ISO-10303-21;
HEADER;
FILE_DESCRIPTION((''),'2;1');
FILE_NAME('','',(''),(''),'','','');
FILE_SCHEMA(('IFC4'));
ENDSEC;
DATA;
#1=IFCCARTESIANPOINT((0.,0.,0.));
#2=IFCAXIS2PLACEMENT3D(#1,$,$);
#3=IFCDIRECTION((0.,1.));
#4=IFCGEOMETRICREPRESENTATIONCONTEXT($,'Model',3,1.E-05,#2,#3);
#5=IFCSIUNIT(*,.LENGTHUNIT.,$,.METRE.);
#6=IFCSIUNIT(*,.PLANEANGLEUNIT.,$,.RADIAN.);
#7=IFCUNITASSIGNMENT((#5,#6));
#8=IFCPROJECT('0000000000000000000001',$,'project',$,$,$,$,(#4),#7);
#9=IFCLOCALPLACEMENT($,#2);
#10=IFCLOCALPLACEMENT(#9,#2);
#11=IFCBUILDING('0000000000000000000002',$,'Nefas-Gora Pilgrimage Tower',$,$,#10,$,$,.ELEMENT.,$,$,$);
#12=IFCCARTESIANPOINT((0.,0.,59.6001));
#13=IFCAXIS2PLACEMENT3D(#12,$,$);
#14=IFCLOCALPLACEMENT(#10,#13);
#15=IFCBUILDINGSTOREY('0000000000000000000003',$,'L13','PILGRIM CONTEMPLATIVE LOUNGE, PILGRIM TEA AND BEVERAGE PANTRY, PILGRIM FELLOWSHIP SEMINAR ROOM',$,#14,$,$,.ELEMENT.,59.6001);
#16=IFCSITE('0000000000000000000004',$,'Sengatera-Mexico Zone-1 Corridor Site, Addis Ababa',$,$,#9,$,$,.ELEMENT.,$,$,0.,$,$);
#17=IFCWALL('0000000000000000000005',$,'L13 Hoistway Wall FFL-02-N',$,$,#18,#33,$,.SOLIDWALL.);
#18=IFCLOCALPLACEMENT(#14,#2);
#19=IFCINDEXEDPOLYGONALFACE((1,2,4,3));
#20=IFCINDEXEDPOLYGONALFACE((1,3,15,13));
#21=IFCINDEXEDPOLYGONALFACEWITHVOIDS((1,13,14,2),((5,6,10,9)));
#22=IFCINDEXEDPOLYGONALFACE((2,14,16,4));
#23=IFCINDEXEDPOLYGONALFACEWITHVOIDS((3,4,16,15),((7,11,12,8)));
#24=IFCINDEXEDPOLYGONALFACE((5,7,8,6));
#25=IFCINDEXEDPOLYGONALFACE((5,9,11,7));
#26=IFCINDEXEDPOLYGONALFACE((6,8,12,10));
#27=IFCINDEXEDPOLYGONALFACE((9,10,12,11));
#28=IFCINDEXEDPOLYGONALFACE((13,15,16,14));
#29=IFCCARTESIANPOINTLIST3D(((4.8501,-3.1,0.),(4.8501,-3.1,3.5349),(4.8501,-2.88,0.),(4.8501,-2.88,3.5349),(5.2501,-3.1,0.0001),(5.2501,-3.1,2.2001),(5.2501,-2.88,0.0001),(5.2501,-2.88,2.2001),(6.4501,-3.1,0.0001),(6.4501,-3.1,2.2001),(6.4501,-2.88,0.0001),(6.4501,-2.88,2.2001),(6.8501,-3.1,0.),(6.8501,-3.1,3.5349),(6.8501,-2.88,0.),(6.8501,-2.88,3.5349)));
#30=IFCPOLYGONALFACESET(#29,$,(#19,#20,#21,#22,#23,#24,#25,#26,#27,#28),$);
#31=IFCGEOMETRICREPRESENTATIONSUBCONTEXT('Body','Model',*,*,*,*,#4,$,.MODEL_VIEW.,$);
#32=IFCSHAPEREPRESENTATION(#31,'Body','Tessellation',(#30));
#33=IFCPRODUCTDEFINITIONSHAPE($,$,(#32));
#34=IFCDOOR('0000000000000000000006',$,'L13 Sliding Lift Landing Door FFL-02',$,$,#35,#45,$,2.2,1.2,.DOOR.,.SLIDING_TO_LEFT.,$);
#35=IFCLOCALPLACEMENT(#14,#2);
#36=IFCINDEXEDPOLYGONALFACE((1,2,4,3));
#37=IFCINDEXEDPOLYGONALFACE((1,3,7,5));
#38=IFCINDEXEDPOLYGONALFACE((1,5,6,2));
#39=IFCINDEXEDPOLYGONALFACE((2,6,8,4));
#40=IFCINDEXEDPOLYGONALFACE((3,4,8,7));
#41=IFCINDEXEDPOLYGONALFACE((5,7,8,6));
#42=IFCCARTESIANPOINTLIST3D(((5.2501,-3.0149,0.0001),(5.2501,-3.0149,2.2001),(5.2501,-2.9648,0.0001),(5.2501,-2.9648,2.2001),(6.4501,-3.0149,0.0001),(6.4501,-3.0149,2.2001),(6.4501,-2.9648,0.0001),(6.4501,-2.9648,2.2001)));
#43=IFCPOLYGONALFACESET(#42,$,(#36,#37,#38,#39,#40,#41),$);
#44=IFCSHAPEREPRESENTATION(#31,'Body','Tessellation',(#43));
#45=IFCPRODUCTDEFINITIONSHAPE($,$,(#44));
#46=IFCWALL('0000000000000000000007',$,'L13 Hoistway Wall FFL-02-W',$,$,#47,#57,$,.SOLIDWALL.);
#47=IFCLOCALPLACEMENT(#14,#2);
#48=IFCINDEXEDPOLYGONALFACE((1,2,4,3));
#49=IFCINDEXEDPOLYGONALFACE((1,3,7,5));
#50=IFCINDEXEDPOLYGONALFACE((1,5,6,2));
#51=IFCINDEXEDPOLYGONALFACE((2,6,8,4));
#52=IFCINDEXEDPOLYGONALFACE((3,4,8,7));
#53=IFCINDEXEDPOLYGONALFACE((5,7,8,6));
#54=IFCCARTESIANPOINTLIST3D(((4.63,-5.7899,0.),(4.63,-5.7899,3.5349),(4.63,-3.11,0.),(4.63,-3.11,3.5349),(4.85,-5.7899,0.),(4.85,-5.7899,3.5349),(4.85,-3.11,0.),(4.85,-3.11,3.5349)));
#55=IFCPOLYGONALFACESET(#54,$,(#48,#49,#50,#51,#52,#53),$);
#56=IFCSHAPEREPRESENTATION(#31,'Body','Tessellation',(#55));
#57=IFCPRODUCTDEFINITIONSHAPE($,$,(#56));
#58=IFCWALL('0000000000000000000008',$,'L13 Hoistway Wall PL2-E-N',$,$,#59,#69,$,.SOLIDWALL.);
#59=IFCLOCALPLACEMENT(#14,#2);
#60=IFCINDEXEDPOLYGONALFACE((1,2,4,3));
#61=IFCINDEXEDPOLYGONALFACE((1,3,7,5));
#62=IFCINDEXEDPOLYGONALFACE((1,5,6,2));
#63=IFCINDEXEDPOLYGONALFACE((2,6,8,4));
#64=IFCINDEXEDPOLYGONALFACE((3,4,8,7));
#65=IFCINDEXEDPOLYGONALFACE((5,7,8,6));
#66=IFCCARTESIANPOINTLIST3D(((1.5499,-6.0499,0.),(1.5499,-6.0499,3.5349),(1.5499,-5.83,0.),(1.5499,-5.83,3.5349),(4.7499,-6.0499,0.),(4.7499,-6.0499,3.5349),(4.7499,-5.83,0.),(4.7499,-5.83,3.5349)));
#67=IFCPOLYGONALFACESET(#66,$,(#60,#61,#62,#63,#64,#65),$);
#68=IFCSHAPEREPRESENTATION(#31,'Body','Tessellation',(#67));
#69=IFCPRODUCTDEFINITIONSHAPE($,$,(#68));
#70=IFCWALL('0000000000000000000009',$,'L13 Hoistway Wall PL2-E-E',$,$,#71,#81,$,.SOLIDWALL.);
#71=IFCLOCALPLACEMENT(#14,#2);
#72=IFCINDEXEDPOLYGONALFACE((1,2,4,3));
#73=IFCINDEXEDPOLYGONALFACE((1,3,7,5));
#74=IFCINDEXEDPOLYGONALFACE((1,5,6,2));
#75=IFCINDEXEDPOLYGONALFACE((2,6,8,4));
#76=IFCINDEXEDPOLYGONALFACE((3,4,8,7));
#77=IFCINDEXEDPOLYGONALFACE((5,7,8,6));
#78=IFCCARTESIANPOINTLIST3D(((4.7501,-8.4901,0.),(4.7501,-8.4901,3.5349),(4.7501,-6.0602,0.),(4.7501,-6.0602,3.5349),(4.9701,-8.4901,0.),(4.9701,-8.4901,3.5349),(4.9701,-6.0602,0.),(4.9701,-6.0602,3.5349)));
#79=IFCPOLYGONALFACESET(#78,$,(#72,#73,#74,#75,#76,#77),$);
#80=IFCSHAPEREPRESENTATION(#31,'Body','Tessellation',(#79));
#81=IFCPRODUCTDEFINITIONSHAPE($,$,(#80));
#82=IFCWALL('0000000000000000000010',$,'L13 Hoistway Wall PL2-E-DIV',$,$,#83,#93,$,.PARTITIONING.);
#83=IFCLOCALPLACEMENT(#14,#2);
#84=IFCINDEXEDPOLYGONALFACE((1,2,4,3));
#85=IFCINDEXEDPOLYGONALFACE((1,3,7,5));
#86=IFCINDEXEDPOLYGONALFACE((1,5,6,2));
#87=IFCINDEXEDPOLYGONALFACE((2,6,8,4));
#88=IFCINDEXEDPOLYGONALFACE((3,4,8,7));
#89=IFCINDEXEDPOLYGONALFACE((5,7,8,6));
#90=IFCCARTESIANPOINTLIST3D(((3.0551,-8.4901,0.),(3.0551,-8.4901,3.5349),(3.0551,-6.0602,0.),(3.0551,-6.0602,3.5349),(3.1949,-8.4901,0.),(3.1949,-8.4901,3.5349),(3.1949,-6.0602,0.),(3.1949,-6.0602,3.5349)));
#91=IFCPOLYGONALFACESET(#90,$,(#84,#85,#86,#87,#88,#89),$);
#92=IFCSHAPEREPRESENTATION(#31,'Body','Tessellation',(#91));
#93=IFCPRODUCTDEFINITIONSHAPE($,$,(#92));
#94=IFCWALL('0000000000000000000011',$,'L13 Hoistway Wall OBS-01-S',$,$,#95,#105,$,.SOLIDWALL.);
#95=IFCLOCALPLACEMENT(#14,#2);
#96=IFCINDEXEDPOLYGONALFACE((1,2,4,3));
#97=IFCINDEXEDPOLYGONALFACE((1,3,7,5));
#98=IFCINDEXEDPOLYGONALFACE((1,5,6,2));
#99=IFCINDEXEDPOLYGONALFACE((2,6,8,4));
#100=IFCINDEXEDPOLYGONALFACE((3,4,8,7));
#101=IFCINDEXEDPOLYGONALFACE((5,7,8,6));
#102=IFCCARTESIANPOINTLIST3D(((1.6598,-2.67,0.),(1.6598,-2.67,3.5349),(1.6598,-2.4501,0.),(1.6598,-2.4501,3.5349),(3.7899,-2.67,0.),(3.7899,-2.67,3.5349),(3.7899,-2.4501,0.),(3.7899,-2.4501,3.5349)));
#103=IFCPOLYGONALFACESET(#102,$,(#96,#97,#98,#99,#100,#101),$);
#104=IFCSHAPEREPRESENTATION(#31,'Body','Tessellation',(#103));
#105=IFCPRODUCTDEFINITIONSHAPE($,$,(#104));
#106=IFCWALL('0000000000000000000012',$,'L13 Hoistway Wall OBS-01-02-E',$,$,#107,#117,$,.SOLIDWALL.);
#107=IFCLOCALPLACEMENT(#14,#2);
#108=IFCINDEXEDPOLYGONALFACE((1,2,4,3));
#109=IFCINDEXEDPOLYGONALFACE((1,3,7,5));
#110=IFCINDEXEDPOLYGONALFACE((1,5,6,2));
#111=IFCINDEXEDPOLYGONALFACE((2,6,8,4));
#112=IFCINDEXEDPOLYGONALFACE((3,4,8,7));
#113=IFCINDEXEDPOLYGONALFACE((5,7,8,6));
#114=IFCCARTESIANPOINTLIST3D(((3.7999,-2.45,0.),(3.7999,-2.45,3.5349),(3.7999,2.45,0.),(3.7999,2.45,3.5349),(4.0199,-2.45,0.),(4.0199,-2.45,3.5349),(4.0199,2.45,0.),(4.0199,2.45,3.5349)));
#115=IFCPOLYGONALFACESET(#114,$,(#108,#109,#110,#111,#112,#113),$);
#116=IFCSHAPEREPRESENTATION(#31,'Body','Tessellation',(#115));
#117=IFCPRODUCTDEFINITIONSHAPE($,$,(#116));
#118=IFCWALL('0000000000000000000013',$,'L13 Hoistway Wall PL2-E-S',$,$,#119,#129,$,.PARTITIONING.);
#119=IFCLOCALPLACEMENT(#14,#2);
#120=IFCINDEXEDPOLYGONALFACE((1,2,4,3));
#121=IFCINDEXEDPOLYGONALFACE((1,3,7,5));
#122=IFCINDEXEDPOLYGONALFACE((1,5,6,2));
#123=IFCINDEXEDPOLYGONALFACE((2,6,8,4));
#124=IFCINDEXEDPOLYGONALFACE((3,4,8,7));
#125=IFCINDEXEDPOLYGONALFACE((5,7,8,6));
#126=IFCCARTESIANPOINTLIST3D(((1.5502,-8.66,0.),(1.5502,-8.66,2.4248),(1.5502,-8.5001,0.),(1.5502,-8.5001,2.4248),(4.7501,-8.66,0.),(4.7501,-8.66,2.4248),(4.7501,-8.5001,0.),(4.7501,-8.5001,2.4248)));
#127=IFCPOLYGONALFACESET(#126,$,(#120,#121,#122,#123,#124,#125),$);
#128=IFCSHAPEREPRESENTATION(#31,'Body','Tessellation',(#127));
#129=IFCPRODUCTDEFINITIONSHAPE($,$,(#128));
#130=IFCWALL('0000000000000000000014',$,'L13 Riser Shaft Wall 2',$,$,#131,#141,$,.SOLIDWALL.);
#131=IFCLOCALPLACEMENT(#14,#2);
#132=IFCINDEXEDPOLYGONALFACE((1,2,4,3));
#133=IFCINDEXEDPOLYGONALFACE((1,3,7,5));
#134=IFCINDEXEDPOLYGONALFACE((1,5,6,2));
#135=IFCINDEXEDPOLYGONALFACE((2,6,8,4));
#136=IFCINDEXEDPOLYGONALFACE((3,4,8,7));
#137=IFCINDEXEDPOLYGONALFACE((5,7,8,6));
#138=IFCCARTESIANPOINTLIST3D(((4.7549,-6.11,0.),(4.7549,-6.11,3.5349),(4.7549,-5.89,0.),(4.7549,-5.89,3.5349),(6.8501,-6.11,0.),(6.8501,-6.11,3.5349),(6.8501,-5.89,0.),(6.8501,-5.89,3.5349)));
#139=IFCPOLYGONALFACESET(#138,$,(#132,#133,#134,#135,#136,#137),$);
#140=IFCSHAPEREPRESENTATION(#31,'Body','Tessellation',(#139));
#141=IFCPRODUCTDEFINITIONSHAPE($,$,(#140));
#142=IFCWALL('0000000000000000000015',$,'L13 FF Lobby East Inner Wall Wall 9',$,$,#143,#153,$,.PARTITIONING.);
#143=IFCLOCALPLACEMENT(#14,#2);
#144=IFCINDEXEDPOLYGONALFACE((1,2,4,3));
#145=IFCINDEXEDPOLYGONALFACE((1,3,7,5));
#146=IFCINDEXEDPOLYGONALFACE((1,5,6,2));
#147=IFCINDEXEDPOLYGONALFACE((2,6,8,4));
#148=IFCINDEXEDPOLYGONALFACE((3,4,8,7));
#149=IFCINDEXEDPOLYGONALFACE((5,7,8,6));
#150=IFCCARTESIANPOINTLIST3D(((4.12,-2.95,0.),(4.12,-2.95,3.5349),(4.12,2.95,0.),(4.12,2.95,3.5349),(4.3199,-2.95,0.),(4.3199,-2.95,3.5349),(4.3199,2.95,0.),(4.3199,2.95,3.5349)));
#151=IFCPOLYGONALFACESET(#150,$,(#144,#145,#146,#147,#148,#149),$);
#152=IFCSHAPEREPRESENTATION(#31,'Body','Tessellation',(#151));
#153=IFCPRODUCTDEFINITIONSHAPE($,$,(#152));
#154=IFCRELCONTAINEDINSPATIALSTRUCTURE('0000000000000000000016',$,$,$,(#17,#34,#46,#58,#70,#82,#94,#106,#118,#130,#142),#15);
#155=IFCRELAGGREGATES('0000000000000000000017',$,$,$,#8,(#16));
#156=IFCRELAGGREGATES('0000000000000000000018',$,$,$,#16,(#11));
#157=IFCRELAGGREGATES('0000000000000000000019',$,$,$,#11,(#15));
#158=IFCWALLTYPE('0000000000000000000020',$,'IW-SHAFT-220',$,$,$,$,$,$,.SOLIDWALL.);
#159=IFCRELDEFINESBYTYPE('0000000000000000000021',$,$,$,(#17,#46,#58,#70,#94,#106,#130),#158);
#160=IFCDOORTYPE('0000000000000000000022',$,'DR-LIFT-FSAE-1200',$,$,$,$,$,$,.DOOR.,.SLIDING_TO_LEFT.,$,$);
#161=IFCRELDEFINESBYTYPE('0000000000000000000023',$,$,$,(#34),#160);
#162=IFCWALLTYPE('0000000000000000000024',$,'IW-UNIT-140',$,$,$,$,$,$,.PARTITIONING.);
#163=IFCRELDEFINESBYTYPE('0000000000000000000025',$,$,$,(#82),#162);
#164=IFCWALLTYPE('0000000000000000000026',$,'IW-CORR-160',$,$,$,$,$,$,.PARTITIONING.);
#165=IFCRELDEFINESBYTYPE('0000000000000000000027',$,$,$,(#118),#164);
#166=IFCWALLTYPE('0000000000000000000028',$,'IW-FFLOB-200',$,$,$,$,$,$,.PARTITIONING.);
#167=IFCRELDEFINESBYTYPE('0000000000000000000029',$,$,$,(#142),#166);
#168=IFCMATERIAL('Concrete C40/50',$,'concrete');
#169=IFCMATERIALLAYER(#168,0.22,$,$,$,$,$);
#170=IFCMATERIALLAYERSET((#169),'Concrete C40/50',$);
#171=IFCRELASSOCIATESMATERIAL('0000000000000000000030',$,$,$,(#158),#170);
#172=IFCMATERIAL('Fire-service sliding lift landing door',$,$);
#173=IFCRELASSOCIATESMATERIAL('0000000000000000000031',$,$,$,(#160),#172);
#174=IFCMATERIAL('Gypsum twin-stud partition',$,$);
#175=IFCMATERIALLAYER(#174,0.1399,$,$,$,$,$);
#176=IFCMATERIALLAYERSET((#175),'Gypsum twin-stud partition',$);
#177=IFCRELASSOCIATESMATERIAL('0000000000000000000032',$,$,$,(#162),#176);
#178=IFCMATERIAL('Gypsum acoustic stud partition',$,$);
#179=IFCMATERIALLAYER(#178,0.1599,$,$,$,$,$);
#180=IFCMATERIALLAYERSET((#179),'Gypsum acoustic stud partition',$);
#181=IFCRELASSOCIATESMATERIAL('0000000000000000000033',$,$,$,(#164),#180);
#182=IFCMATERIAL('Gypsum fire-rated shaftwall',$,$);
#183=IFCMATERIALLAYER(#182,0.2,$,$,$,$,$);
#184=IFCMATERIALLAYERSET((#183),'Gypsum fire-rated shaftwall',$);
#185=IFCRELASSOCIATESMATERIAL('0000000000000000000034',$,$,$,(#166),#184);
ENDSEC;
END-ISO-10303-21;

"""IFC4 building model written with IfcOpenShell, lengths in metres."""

from ifc_helpers import new_model, si_unit, direction, frame, frame_2d, origin, place, context, subcontext, project, spatial, rectangle, extrude, source, transform, mapped, material, layer, layer_set, type_object, element, fill, save


model = new_model("IFC4")

# Units and contexts
model_context = context("Model", 3, precision=1e-05, world=origin(), true_north=direction((0.0, 1.0)))
body_context = subcontext(model_context, "Body", "Model", "MODEL_VIEW")
ifc_project = project(units=[si_unit("LENGTHUNIT", "METRE"), si_unit("PLANEANGLEUNIT", "RADIAN")], contexts=[model_context])

# Site, building, storey
site_placement = place(None, origin())
site = spatial("IfcSite", under=ifc_project, at=site_placement, Name="Sengatera-Mexico Zone-1 Corridor Site, Addis Ababa", CompositionType="ELEMENT", RefElevation=0.0)
building_placement = place(site_placement, origin())
building = spatial("IfcBuilding", under=site, at=building_placement, Name="Nefas-Gora Pilgrimage Tower", CompositionType="ELEMENT")
storey_placement = place(building_placement, frame((0.0, 0.0, 59.6001)))
storey = spatial("IfcBuildingStorey", under=building, at=storey_placement, Name="L13", Description="PILGRIM CONTEMPLATIVE LOUNGE, PILGRIM TEA AND BEVERAGE PANTRY, PILGRIM FELLOWSHIP SEMINAR ROOM", CompositionType="ELEMENT", Elevation=59.6001)

# Wall, opening, door
ifc_material_1 = material(Name="Concrete C40/50", Category="concrete")
ifc_layer_1 = layer(ifc_material_1, 0.22)
ifc_layer_set_1 = layer_set([ifc_layer_1], Name="Concrete C40/50")
wall_type_1 = type_object("IfcWallType", Name="IW-SHAFT-220", PredefinedType="SOLIDWALL", material=ifc_layer_set_1)
shared_shape_1 = source(origin(), body_context, "Body", "SweptSolid", [
    extrude(rectangle(XDim=2.0, YDim=0.22, at=frame_2d((1.0, 0.0))), origin(), (0.0, 0.0, 1.0), 3.5349),
])
wall_1_placement = place(storey_placement, frame((6.8501, -2.99, 0.0), z_axis=(0.0, 0.0, 1.0), x_axis=(-1.0, 0.0, 0.0)))
wall_1 = element("IfcWall", 1, at=wall_1_placement, inside=storey, type_object=wall_type_1, Name="L13 Hoistway Wall FFL-02-N", PredefinedType="SOLIDWALL", context=body_context, shape_type="MappedRepresentation", body=[
    mapped(shared_shape_1, transform((0.0, 0.0, 0.0), x_axis=(1.0, 0.0, 0.0), y_axis=(0.0, 1.0, 0.0), z_axis=(0.0, 0.0, 1.0), scale=1.0)),
])
opening_1_placement = place(wall_1_placement, frame((0.3999, 0.0, 0.0)))
opening_1 = element("IfcOpeningElement", 2, at=opening_1_placement, cuts=wall_1, PredefinedType="OPENING", context=body_context, shape_type="SweptSolid", body=[
    extrude(rectangle(XDim=1.2, YDim=2.2, at=frame_2d((0.6001, 1.1001))), frame((0.0, 0.1199, 0.0), z_axis=(0.0, -1.0, 0.0), x_axis=(1.0, 0.0, 0.0)), (0.0, 0.0, 1.0), 0.24),
])
ifc_material_2 = material(Name="Fire-service sliding lift landing door")
door_type_1 = type_object("IfcDoorType", Name="DR-LIFT-FSAE-1200", OperationType="SLIDING_TO_LEFT", PredefinedType="DOOR", material=ifc_material_2)
shared_shape_2 = source(origin(), body_context, "Body", "SweptSolid", [
    extrude(rectangle(XDim=1.2, YDim=2.2, at=frame_2d((0.6001, 1.1001))), frame((0.0, 0.0249, 0.0), z_axis=(0.0, -1.0, 0.0), x_axis=(1.0, 0.0, 0.0)), (0.0, 0.0, 1.0), 0.05),
])
door_1_placement = place(opening_1_placement, origin())
door_1 = element("IfcDoor", 3, at=door_1_placement, inside=storey, type_object=door_type_1, Name="L13 Sliding Lift Landing Door FFL-02", OperationType="SLIDING_TO_LEFT", OverallHeight=2.2, OverallWidth=1.2, PredefinedType="DOOR", context=body_context, shape_type="MappedRepresentation", body=[
    mapped(shared_shape_2, transform((0.0, 0.0, 0.0), x_axis=(1.0, 0.0, 0.0), y_axis=(0.0, 1.0, 0.0), z_axis=(0.0, 0.0, 1.0), scale=1.0)),
])
fill(opening_1, door_1)

# Walls
shared_shape_3 = source(origin(), body_context, "Body", "SweptSolid", [
    extrude(rectangle(XDim=2.6799, YDim=0.22, at=frame_2d((1.3398, 0.0))), origin(), (0.0, 0.0, 1.0), 3.5349),
])
wall_2_placement = place(storey_placement, frame((4.74, -3.1101, 0.0), z_axis=(0.0, 0.0, 1.0), x_axis=(0.0, -1.0, 0.0)))
element("IfcWall", 4, at=wall_2_placement, inside=storey, type_object=wall_type_1, Name="L13 Hoistway Wall FFL-02-W", PredefinedType="SOLIDWALL", context=body_context, shape_type="MappedRepresentation", body=[
    mapped(shared_shape_3, transform((0.0, 0.0, 0.0), x_axis=(1.0, 0.0, 0.0), y_axis=(0.0, 1.0, 0.0), z_axis=(0.0, 0.0, 1.0), scale=1.0)),
])
shared_shape_4 = source(origin(), body_context, "Body", "SweptSolid", [
    extrude(rectangle(XDim=3.2, YDim=0.22, at=frame_2d((1.6001, 0.0))), origin(), (0.0, 0.0, 1.0), 3.5349),
])
wall_3_placement = place(storey_placement, frame((4.75, -5.9399, 0.0), z_axis=(0.0, 0.0, 1.0), x_axis=(-1.0, 0.0, 0.0)))
element("IfcWall", 5, at=wall_3_placement, inside=storey, type_object=wall_type_1, Name="L13 Hoistway Wall PL2-E-N", PredefinedType="SOLIDWALL", context=body_context, shape_type="MappedRepresentation", body=[
    mapped(shared_shape_4, transform((0.0, 0.0, 0.0), x_axis=(1.0, 0.0, 0.0), y_axis=(0.0, 1.0, 0.0), z_axis=(0.0, 0.0, 1.0), scale=1.0)),
])
shared_shape_5 = source(origin(), body_context, "Body", "SweptSolid", [
    extrude(rectangle(XDim=2.4299, YDim=0.22, at=frame_2d((1.2148, 0.0))), origin(), (0.0, 0.0, 1.0), 3.5349),
])
wall_4_placement = place(storey_placement, frame((4.8601, -8.49, 0.0), z_axis=(0.0, 0.0, 1.0), x_axis=(0.0, 1.0, 0.0)))
element("IfcWall", 6, at=wall_4_placement, inside=storey, type_object=wall_type_1, Name="L13 Hoistway Wall PL2-E-E", PredefinedType="SOLIDWALL", context=body_context, shape_type="MappedRepresentation", body=[
    mapped(shared_shape_5, transform((0.0, 0.0, 0.0), x_axis=(1.0, 0.0, 0.0), y_axis=(0.0, 1.0, 0.0), z_axis=(0.0, 0.0, 1.0), scale=1.0)),
])
ifc_material_3 = material(Name="Gypsum twin-stud partition")
ifc_layer_2 = layer(ifc_material_3, 0.1399)
ifc_layer_set_2 = layer_set([ifc_layer_2], Name="Gypsum twin-stud partition")
wall_type_2 = type_object("IfcWallType", Name="IW-UNIT-140", PredefinedType="PARTITIONING", material=ifc_layer_set_2)
shared_shape_6 = source(origin(), body_context, "Body", "SweptSolid", [
    extrude(rectangle(XDim=2.4299, YDim=0.1399, at=frame_2d((1.2148, 0.0))), origin(), (0.0, 0.0, 1.0), 3.5349),
])
wall_5_placement = place(storey_placement, frame((3.125, -8.49, 0.0), z_axis=(0.0, 0.0, 1.0), x_axis=(0.0, 1.0, 0.0)))
element("IfcWall", 7, at=wall_5_placement, inside=storey, type_object=wall_type_2, Name="L13 Hoistway Wall PL2-E-DIV", PredefinedType="PARTITIONING", context=body_context, shape_type="MappedRepresentation", body=[
    mapped(shared_shape_6, transform((0.0, 0.0, 0.0), x_axis=(1.0, 0.0, 0.0), y_axis=(0.0, 1.0, 0.0), z_axis=(0.0, 0.0, 1.0), scale=1.0)),
])
shared_shape_7 = source(origin(), body_context, "Body", "SweptSolid", [
    extrude(rectangle(XDim=2.1301, YDim=0.22, at=frame_2d((1.0649, 0.0))), origin(), (0.0, 0.0, 1.0), 3.5349),
])
wall_6_placement = place(storey_placement, frame((1.6599, -2.5601, 0.0), z_axis=(0.0, 0.0, 1.0), x_axis=(1.0, 0.0, 0.0)))
element("IfcWall", 8, at=wall_6_placement, inside=storey, type_object=wall_type_1, Name="L13 Hoistway Wall OBS-01-S", PredefinedType="SOLIDWALL", context=body_context, shape_type="MappedRepresentation", body=[
    mapped(shared_shape_7, transform((0.0, 0.0, 0.0), x_axis=(1.0, 0.0, 0.0), y_axis=(0.0, 1.0, 0.0), z_axis=(0.0, 0.0, 1.0), scale=1.0)),
])
shared_shape_8 = source(origin(), body_context, "Body", "SweptSolid", [
    extrude(rectangle(XDim=4.8999, YDim=0.22, at=frame_2d((2.45, 0.0))), origin(), (0.0, 0.0, 1.0), 3.5349),
])
wall_7_placement = place(storey_placement, frame((3.9099, -2.45, 0.0), z_axis=(0.0, 0.0, 1.0), x_axis=(0.0, 1.0, 0.0)))
element("IfcWall", 9, at=wall_7_placement, inside=storey, type_object=wall_type_1, Name="L13 Hoistway Wall OBS-01-02-E", PredefinedType="SOLIDWALL", context=body_context, shape_type="MappedRepresentation", body=[
    mapped(shared_shape_8, transform((0.0, 0.0, 0.0), x_axis=(1.0, 0.0, 0.0), y_axis=(0.0, 1.0, 0.0), z_axis=(0.0, 0.0, 1.0), scale=1.0)),
])
ifc_material_4 = material(Name="Gypsum acoustic stud partition")
ifc_layer_3 = layer(ifc_material_4, 0.1599)
ifc_layer_set_3 = layer_set([ifc_layer_3], Name="Gypsum acoustic stud partition")
wall_type_3 = type_object("IfcWallType", Name="IW-CORR-160", PredefinedType="PARTITIONING", material=ifc_layer_set_3)
shared_shape_9 = source(origin(), body_context, "Body", "SweptSolid", [
    extrude(rectangle(XDim=3.2, YDim=0.1599, at=frame_2d((1.6001, 0.0))), origin(), (0.0, 0.0, 1.0), 2.4248),
])
wall_8_placement = place(storey_placement, frame((1.55, -8.5801, 0.0), z_axis=(0.0, 0.0, 1.0), x_axis=(1.0, 0.0, 0.0)))
element("IfcWall", 10, at=wall_8_placement, inside=storey, type_object=wall_type_3, Name="L13 Hoistway Wall PL2-E-S", PredefinedType="PARTITIONING", context=body_context, shape_type="MappedRepresentation", body=[
    mapped(shared_shape_9, transform((0.0, 0.0, 0.0), x_axis=(1.0, 0.0, 0.0), y_axis=(0.0, 1.0, 0.0), z_axis=(0.0, 0.0, 1.0), scale=1.0)),
])
shared_shape_10 = source(origin(), body_context, "Body", "SweptSolid", [
    extrude(rectangle(XDim=2.0952, YDim=0.22, at=frame_2d((1.0476, 0.0))), origin(), (0.0, 0.0, 1.0), 3.5349),
])
wall_9_placement = place(storey_placement, frame((4.7549, -6.0, 0.0), z_axis=(0.0, 0.0, 1.0), x_axis=(1.0, 0.0, 0.0)))
element("IfcWall", 11, at=wall_9_placement, inside=storey, type_object=wall_type_1, Name="L13 Riser Shaft Wall 2", PredefinedType="SOLIDWALL", context=body_context, shape_type="MappedRepresentation", body=[
    mapped(shared_shape_10, transform((0.0, 0.0, 0.0), x_axis=(1.0, 0.0, 0.0), y_axis=(0.0, 1.0, 0.0), z_axis=(0.0, 0.0, 1.0), scale=1.0)),
])
ifc_material_5 = material(Name="Gypsum fire-rated shaftwall")
ifc_layer_4 = layer(ifc_material_5, 0.2)
ifc_layer_set_4 = layer_set([ifc_layer_4], Name="Gypsum fire-rated shaftwall")
wall_type_4 = type_object("IfcWallType", Name="IW-FFLOB-200", PredefinedType="PARTITIONING", material=ifc_layer_set_4)
shared_shape_11 = source(origin(), body_context, "Body", "SweptSolid", [
    extrude(rectangle(XDim=5.8999, YDim=0.2, at=frame_2d((2.95, 0.0))), origin(), (0.0, 0.0, 1.0), 3.5349),
])
wall_10_placement = place(storey_placement, frame((4.22, -2.95, 0.0), z_axis=(0.0, 0.0, 1.0), x_axis=(0.0, 1.0, 0.0)))
element("IfcWall", 12, at=wall_10_placement, inside=storey, type_object=wall_type_4, Name="L13 FF Lobby East Inner Wall Wall 9", PredefinedType="PARTITIONING", context=body_context, shape_type="MappedRepresentation", body=[
    mapped(shared_shape_11, transform((0.0, 0.0, 0.0), x_axis=(1.0, 0.0, 0.0), y_axis=(0.0, 1.0, 0.0), z_axis=(0.0, 0.0, 1.0), scale=1.0)),
])

save(model, "model.ifc")
